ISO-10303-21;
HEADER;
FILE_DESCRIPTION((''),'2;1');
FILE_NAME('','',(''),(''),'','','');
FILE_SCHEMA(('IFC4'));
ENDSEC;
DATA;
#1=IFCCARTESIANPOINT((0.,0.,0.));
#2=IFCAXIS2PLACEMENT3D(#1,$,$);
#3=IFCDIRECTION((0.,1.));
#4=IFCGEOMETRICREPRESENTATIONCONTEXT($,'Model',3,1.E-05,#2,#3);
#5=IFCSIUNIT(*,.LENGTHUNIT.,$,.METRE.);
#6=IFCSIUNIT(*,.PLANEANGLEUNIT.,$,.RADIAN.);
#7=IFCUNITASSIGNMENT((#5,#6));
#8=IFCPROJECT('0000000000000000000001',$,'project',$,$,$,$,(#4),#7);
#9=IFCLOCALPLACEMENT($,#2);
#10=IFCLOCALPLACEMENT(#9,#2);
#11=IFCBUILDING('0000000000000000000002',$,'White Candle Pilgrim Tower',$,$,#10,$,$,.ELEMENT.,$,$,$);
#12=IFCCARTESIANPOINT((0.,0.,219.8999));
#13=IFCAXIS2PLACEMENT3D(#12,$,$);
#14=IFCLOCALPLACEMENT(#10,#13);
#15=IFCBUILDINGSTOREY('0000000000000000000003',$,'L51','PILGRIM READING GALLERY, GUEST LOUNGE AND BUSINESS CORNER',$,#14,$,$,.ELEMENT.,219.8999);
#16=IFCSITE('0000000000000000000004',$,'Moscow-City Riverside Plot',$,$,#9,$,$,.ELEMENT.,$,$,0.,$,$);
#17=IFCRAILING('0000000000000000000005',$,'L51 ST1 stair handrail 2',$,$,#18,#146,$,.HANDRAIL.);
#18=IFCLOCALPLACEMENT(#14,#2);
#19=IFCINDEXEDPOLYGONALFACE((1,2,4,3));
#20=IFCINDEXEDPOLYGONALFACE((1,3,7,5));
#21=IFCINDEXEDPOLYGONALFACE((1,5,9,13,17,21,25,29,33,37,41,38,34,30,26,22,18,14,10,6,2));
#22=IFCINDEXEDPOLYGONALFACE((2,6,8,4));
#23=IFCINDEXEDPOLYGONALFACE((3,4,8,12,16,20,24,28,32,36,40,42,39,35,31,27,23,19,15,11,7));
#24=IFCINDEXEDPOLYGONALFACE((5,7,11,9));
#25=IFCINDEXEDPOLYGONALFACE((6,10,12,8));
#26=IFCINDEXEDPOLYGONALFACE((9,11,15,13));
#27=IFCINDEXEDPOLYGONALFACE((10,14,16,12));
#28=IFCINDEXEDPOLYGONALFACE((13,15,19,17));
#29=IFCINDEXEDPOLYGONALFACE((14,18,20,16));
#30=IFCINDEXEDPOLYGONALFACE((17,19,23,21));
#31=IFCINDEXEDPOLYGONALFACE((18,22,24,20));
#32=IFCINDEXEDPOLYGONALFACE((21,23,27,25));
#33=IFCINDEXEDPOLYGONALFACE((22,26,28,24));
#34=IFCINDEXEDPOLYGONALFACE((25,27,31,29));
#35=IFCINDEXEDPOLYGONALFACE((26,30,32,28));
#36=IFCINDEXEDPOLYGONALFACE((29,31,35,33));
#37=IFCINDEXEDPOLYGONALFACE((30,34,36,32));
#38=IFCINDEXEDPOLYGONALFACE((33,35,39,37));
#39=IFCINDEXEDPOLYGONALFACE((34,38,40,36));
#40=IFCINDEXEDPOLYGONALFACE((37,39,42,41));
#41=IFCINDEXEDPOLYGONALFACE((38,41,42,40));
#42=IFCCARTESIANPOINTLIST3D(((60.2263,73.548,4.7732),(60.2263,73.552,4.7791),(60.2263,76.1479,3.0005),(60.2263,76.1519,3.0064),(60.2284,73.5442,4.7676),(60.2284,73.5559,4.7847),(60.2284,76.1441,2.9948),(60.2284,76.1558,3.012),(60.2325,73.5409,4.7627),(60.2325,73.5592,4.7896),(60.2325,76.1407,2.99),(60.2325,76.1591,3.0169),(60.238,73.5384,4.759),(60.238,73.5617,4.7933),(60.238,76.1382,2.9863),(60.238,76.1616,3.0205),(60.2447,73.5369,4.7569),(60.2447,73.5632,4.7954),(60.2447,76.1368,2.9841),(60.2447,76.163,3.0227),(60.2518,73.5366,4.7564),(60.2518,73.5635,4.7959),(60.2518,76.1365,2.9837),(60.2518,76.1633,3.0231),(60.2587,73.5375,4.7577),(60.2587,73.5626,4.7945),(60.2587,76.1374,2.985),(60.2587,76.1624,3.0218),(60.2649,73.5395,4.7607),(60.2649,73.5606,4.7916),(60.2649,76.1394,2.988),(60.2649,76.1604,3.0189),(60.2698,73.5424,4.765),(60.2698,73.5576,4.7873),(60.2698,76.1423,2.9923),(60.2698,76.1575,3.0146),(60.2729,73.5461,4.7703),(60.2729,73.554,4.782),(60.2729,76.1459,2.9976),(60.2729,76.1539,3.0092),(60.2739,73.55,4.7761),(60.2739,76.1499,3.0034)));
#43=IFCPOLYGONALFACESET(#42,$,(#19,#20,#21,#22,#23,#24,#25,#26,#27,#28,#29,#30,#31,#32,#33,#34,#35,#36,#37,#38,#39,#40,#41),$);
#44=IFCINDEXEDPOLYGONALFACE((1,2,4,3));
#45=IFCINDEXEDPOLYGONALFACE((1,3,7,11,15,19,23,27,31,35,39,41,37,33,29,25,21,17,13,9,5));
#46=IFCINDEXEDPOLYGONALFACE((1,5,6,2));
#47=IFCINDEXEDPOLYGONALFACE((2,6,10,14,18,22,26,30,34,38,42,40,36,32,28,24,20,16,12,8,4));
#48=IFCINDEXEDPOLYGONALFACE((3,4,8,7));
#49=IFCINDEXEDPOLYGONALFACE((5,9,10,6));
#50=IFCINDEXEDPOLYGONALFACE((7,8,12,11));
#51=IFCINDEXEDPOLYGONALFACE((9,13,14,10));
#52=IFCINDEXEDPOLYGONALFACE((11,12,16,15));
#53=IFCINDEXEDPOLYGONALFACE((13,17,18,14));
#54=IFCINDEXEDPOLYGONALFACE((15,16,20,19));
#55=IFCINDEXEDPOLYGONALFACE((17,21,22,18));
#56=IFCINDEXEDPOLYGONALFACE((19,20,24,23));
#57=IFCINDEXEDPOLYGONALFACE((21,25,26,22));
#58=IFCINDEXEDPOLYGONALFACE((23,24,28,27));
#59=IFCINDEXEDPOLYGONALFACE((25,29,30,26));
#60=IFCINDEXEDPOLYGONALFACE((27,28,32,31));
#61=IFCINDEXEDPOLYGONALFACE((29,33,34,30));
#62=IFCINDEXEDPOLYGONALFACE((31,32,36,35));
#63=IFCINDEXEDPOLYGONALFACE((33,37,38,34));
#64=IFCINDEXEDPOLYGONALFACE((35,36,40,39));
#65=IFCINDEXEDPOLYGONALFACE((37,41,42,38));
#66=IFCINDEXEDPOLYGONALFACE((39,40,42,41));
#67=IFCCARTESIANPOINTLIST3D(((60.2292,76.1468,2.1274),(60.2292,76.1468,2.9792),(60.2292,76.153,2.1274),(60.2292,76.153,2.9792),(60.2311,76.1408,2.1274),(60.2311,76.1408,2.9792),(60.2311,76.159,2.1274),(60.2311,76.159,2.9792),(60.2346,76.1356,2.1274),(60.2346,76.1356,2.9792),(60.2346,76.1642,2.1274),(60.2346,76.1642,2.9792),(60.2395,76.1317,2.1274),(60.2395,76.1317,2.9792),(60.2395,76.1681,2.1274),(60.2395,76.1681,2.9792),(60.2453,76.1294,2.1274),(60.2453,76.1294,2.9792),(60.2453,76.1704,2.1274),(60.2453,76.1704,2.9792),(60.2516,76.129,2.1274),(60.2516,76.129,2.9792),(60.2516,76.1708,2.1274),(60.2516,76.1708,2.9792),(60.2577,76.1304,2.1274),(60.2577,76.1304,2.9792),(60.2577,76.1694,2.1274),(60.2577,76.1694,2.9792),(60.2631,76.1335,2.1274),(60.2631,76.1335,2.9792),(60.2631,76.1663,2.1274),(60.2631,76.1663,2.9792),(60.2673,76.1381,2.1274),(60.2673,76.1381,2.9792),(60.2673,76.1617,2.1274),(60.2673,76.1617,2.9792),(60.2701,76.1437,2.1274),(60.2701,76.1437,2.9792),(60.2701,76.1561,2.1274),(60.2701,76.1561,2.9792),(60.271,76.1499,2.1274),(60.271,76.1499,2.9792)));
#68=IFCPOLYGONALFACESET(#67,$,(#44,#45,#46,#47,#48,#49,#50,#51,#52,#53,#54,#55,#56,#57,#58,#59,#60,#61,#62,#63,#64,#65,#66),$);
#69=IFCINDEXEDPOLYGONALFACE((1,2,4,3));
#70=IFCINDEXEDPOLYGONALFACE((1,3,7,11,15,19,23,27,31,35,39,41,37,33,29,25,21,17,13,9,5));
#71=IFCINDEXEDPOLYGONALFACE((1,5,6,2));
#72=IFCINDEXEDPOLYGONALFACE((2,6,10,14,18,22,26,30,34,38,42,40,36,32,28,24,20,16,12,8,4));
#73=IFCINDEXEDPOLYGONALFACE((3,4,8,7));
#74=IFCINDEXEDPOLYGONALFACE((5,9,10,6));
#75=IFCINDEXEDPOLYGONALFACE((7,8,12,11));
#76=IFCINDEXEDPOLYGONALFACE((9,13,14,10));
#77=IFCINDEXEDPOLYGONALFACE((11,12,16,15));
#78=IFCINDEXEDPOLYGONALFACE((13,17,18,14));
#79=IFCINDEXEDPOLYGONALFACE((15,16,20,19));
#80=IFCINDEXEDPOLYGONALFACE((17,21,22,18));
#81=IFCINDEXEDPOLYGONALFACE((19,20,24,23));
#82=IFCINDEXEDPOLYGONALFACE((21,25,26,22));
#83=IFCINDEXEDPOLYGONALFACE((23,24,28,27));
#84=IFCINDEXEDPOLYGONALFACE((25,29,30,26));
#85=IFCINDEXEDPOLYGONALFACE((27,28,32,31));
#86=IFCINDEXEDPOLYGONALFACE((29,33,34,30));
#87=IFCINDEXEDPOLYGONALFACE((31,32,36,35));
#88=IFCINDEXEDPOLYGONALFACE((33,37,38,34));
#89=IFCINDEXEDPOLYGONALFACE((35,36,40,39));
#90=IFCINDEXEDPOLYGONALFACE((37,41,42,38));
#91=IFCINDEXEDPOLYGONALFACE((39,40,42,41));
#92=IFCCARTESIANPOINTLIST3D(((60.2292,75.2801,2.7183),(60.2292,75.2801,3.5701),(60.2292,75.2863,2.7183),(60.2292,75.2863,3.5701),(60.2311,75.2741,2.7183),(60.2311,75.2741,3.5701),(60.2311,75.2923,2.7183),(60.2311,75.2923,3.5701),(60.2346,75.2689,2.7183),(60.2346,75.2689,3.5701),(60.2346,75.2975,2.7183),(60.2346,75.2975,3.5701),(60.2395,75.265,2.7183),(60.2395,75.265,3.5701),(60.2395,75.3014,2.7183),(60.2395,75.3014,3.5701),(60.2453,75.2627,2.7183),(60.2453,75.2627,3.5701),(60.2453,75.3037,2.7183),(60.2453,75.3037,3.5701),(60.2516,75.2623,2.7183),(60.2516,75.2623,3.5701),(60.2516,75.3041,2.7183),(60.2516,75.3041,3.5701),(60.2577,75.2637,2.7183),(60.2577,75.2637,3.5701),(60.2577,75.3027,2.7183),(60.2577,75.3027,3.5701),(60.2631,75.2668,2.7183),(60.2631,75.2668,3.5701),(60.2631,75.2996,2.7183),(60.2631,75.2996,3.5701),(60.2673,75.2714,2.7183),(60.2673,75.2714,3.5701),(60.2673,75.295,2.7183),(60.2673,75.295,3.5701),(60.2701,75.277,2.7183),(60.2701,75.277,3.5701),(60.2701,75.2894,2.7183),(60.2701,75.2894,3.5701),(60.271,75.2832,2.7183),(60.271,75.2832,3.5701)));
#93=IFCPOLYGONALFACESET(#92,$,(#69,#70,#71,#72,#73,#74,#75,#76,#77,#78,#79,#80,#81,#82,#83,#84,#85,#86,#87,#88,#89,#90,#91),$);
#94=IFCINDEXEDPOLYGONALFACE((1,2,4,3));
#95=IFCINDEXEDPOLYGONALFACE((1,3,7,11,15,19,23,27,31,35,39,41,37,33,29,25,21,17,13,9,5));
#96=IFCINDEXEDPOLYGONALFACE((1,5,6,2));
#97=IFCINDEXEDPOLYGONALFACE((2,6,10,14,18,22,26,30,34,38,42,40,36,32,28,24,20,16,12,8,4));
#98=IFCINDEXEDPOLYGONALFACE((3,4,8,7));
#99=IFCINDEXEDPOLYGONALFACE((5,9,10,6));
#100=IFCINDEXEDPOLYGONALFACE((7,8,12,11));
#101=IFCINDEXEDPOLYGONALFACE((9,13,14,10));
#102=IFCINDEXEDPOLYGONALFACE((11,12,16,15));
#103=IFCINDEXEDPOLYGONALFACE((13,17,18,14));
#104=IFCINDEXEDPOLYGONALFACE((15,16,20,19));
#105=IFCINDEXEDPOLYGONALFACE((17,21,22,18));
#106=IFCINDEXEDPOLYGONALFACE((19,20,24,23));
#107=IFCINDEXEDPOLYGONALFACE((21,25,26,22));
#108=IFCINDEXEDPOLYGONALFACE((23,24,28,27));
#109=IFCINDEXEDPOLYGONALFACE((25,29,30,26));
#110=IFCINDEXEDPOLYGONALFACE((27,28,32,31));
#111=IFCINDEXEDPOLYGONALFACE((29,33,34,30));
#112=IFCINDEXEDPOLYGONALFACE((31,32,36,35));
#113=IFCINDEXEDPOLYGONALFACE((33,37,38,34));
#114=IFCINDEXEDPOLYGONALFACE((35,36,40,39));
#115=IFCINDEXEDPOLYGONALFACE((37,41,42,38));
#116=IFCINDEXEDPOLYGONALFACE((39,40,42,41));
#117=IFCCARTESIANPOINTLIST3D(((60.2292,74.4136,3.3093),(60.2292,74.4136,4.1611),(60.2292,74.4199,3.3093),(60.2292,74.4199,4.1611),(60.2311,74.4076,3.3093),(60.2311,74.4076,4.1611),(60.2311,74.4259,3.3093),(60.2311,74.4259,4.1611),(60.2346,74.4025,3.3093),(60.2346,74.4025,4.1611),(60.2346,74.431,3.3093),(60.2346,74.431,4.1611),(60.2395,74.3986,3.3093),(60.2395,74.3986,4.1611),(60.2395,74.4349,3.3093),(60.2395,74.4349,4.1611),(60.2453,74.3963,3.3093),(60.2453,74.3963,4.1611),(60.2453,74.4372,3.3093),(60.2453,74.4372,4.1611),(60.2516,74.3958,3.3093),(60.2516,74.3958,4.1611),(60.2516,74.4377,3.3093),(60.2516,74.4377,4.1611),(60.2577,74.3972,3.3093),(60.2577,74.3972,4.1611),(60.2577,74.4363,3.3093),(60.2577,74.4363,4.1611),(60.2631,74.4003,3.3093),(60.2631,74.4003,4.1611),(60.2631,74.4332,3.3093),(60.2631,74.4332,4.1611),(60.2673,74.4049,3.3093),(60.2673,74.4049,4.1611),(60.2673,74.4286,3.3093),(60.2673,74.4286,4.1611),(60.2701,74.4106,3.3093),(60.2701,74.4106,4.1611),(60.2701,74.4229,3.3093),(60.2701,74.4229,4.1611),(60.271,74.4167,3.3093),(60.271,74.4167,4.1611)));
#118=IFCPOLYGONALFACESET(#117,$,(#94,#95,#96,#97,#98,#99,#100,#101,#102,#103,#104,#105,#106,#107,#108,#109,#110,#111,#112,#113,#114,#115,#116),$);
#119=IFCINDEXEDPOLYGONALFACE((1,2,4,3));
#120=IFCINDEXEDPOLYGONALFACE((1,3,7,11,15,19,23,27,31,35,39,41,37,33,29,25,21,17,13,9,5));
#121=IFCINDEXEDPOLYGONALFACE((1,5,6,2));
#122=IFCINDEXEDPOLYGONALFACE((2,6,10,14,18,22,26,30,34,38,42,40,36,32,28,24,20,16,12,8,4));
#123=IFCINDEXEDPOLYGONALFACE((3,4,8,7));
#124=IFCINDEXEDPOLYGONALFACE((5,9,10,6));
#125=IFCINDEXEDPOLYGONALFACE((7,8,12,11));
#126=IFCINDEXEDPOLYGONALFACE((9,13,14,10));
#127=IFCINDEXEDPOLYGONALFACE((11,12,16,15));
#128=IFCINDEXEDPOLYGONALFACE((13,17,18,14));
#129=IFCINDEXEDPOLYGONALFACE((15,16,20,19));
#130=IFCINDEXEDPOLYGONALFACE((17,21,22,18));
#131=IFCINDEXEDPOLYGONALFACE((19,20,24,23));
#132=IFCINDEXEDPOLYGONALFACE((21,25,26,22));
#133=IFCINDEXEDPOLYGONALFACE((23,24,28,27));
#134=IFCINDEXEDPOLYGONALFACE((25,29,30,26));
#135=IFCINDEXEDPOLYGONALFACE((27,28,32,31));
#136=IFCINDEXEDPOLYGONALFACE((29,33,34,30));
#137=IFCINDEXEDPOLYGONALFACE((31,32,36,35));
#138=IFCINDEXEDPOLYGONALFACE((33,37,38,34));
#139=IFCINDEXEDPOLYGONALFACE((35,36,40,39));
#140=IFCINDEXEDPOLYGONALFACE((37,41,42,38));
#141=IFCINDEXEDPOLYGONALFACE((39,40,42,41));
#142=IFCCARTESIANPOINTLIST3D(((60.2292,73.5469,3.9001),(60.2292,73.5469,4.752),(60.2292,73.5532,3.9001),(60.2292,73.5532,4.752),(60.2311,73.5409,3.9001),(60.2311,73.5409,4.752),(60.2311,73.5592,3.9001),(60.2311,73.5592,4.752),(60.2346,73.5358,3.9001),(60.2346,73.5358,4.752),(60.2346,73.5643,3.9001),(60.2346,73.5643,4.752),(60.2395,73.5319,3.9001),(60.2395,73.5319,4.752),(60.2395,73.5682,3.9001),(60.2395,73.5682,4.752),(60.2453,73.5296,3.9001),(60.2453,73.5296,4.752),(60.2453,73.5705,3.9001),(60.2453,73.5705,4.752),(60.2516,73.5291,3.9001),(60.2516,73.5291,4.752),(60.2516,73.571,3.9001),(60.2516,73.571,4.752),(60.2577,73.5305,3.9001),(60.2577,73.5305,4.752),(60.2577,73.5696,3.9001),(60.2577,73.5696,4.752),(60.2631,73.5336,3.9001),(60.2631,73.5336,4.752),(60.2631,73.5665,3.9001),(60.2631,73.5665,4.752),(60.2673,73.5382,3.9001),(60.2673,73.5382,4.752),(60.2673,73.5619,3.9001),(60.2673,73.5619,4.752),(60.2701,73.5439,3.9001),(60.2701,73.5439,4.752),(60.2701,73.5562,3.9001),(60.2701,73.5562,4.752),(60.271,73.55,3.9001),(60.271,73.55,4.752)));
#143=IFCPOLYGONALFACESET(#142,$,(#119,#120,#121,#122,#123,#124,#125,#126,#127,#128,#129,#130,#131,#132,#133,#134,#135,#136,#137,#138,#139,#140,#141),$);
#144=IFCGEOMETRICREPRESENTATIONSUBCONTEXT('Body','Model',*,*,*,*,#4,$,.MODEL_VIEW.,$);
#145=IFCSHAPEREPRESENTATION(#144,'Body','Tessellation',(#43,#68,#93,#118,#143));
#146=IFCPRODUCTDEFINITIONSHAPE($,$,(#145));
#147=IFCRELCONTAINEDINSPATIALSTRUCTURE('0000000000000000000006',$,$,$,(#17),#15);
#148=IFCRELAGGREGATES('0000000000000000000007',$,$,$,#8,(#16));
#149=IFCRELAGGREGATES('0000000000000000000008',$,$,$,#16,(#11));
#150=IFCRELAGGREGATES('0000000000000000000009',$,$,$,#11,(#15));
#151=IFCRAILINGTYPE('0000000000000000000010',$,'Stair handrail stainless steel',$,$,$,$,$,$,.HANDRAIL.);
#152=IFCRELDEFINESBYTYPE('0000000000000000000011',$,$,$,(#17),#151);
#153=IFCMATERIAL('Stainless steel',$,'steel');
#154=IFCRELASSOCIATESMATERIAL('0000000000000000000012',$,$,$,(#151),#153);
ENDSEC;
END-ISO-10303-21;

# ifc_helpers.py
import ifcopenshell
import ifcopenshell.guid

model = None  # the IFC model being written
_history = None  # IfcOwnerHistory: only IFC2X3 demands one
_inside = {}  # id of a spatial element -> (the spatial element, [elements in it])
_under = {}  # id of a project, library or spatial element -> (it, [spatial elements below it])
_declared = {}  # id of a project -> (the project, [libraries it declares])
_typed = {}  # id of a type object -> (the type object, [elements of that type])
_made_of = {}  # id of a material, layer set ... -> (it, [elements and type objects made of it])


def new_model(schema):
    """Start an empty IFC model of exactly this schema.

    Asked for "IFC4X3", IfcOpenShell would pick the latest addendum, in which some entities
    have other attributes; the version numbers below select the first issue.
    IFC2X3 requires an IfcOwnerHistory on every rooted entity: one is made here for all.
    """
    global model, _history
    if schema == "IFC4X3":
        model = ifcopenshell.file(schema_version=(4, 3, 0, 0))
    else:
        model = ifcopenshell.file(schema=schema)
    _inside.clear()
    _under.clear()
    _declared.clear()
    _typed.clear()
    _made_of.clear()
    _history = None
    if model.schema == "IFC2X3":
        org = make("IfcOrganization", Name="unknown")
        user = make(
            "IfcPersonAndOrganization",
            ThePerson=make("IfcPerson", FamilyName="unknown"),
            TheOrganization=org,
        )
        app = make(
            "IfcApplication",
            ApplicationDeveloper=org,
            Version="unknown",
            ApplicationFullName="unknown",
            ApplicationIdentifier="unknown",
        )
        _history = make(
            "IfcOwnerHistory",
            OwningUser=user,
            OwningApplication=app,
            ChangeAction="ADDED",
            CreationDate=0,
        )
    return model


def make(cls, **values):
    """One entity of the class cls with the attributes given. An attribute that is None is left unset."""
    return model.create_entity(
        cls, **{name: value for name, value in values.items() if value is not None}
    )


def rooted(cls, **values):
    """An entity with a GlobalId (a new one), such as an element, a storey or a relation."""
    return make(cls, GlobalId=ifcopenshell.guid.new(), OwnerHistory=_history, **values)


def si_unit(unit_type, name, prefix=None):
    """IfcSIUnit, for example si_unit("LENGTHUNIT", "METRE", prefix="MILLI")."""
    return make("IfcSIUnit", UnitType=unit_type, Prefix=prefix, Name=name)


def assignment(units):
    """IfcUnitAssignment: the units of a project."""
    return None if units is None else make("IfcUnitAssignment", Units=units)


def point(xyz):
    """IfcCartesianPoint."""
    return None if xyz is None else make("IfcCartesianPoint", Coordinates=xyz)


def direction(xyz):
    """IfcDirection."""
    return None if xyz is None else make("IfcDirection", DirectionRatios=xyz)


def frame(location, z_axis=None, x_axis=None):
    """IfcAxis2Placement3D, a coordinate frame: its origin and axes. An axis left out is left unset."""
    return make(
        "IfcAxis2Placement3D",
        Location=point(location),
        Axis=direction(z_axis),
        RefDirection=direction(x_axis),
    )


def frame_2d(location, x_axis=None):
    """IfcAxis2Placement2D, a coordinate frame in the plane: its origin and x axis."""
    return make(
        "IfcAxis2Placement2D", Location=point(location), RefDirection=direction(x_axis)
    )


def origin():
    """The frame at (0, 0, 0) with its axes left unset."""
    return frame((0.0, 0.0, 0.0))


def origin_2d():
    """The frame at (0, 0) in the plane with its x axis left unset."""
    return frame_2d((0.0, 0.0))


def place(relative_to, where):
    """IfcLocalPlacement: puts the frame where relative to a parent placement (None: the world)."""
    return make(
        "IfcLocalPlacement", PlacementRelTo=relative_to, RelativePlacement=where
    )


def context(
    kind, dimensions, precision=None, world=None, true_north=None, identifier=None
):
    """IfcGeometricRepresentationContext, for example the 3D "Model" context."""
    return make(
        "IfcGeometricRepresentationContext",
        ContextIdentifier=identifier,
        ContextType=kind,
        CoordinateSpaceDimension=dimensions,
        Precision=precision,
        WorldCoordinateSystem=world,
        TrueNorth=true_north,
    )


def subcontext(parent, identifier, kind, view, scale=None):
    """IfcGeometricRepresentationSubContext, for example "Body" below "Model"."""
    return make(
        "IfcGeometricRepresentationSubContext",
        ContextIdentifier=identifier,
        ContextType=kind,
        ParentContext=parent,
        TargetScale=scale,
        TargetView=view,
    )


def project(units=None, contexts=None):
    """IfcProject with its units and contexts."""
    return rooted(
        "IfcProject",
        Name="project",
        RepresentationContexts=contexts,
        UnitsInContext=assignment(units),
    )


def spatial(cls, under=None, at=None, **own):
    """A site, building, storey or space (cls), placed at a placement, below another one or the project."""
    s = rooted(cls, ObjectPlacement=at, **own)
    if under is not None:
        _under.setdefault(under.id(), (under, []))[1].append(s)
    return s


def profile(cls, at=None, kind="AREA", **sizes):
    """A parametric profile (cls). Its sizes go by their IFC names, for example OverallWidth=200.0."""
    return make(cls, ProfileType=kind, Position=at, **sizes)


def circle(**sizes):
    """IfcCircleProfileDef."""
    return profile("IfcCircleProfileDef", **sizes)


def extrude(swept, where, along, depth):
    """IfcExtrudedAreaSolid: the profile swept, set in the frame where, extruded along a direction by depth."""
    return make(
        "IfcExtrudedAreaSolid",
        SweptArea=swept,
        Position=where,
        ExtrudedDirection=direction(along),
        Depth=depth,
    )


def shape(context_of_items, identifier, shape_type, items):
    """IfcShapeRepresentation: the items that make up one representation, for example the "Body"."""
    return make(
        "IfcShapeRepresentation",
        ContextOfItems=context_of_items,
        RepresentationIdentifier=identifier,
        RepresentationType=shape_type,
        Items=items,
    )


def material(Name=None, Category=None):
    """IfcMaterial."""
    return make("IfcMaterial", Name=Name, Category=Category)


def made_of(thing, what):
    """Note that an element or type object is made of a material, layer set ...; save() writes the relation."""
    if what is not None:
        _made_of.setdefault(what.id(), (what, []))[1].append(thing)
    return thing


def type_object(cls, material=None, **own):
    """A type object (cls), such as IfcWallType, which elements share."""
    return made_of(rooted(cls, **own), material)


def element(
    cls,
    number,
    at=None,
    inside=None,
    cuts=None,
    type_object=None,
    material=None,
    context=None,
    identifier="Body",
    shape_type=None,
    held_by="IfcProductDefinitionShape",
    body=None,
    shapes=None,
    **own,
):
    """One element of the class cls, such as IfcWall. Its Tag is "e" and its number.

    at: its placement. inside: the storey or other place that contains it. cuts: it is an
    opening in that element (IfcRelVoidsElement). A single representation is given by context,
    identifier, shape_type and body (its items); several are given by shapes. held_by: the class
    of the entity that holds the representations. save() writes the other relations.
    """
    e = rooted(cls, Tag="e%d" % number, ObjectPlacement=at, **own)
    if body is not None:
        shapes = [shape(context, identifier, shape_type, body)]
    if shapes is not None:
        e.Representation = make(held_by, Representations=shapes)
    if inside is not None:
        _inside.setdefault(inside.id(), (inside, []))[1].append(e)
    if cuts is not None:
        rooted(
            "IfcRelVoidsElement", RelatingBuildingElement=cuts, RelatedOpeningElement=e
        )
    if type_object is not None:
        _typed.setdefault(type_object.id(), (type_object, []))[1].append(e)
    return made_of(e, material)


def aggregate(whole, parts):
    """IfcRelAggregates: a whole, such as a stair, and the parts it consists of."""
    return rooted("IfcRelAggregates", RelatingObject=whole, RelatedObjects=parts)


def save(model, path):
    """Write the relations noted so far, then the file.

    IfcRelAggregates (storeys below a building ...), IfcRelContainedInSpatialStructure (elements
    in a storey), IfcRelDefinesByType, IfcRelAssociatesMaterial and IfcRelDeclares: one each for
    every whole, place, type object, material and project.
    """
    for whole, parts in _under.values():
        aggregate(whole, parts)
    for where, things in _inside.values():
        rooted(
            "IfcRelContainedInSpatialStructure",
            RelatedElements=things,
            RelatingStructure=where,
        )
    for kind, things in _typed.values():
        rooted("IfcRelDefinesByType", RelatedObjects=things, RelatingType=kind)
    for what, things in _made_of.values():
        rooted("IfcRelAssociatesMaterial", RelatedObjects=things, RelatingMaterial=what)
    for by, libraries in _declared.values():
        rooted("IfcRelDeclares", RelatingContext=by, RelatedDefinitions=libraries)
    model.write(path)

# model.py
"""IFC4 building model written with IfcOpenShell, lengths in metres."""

from ifc_helpers import new_model, si_unit, direction, frame, origin, origin_2d, place, context, subcontext, project, spatial, circle, extrude, material, type_object, element, save


model = new_model("IFC4")

# Units and contexts
model_context = context("Model", 3, precision=1e-05, world=origin(), true_north=direction((0.0, 1.0)))
body_context = subcontext(model_context, "Body", "Model", "MODEL_VIEW")
ifc_project = project(units=[si_unit("LENGTHUNIT", "METRE"), si_unit("PLANEANGLEUNIT", "RADIAN")], contexts=[model_context])

# Site, building, storey
site_placement = place(None, origin())
site = spatial("IfcSite", under=ifc_project, at=site_placement, Name="Moscow-City Riverside Plot", CompositionType="ELEMENT", RefElevation=0.0)
building_placement = place(site_placement, origin())
building = spatial("IfcBuilding", under=site, at=building_placement, Name="White Candle Pilgrim Tower", CompositionType="ELEMENT")
storey_placement = place(building_placement, frame((0.0, 0.0, 219.8999)))
storey = spatial("IfcBuildingStorey", under=building, at=storey_placement, Name="L51", Description="PILGRIM READING GALLERY, GUEST LOUNGE AND BUSINESS CORNER", CompositionType="ELEMENT", Elevation=219.8999)

# Shared definitions
ifc_material_1 = material(Name="Stainless steel", Category="steel")

# Railing
railing_type_1 = type_object("IfcRailingType", Name="Stair handrail stainless steel", PredefinedType="HANDRAIL", material=ifc_material_1)
railing_1_placement = place(storey_placement, frame((60.25, 76.1499, 2.1274)))
element("IfcRailing", 1, at=railing_1_placement, inside=storey, type_object=railing_type_1, Name="L51 ST1 stair handrail 2", PredefinedType="HANDRAIL", context=body_context, shape_type="SweptSolid", body=[
    extrude(circle(Radius=0.0239, at=origin_2d()), frame((0.0, 0.0, 0.876), z_axis=(0.0, -0.826216, 0.563354), x_axis=(1.0, 0.0, 0.0)), (0.0, 0.0, 1.0), 3.1467),
    extrude(circle(Radius=0.021, at=origin_2d()), origin(), (0.0, 0.0, 1.0), 0.8518),
    extrude(circle(Radius=0.021, at=origin_2d()), frame((0.0, -0.8667, 0.5908)), (0.0, 0.0, 1.0), 0.8518),
    extrude(circle(Radius=0.021, at=origin_2d()), frame((0.0, -1.7332, 1.1819)), (0.0, 0.0, 1.0), 0.8518),
    extrude(circle(Radius=0.021, at=origin_2d()), frame((0.0, -2.5999, 1.7727)), (0.0, 0.0, 1.0), 0.8518),
])

save(model, "model.ifc")
